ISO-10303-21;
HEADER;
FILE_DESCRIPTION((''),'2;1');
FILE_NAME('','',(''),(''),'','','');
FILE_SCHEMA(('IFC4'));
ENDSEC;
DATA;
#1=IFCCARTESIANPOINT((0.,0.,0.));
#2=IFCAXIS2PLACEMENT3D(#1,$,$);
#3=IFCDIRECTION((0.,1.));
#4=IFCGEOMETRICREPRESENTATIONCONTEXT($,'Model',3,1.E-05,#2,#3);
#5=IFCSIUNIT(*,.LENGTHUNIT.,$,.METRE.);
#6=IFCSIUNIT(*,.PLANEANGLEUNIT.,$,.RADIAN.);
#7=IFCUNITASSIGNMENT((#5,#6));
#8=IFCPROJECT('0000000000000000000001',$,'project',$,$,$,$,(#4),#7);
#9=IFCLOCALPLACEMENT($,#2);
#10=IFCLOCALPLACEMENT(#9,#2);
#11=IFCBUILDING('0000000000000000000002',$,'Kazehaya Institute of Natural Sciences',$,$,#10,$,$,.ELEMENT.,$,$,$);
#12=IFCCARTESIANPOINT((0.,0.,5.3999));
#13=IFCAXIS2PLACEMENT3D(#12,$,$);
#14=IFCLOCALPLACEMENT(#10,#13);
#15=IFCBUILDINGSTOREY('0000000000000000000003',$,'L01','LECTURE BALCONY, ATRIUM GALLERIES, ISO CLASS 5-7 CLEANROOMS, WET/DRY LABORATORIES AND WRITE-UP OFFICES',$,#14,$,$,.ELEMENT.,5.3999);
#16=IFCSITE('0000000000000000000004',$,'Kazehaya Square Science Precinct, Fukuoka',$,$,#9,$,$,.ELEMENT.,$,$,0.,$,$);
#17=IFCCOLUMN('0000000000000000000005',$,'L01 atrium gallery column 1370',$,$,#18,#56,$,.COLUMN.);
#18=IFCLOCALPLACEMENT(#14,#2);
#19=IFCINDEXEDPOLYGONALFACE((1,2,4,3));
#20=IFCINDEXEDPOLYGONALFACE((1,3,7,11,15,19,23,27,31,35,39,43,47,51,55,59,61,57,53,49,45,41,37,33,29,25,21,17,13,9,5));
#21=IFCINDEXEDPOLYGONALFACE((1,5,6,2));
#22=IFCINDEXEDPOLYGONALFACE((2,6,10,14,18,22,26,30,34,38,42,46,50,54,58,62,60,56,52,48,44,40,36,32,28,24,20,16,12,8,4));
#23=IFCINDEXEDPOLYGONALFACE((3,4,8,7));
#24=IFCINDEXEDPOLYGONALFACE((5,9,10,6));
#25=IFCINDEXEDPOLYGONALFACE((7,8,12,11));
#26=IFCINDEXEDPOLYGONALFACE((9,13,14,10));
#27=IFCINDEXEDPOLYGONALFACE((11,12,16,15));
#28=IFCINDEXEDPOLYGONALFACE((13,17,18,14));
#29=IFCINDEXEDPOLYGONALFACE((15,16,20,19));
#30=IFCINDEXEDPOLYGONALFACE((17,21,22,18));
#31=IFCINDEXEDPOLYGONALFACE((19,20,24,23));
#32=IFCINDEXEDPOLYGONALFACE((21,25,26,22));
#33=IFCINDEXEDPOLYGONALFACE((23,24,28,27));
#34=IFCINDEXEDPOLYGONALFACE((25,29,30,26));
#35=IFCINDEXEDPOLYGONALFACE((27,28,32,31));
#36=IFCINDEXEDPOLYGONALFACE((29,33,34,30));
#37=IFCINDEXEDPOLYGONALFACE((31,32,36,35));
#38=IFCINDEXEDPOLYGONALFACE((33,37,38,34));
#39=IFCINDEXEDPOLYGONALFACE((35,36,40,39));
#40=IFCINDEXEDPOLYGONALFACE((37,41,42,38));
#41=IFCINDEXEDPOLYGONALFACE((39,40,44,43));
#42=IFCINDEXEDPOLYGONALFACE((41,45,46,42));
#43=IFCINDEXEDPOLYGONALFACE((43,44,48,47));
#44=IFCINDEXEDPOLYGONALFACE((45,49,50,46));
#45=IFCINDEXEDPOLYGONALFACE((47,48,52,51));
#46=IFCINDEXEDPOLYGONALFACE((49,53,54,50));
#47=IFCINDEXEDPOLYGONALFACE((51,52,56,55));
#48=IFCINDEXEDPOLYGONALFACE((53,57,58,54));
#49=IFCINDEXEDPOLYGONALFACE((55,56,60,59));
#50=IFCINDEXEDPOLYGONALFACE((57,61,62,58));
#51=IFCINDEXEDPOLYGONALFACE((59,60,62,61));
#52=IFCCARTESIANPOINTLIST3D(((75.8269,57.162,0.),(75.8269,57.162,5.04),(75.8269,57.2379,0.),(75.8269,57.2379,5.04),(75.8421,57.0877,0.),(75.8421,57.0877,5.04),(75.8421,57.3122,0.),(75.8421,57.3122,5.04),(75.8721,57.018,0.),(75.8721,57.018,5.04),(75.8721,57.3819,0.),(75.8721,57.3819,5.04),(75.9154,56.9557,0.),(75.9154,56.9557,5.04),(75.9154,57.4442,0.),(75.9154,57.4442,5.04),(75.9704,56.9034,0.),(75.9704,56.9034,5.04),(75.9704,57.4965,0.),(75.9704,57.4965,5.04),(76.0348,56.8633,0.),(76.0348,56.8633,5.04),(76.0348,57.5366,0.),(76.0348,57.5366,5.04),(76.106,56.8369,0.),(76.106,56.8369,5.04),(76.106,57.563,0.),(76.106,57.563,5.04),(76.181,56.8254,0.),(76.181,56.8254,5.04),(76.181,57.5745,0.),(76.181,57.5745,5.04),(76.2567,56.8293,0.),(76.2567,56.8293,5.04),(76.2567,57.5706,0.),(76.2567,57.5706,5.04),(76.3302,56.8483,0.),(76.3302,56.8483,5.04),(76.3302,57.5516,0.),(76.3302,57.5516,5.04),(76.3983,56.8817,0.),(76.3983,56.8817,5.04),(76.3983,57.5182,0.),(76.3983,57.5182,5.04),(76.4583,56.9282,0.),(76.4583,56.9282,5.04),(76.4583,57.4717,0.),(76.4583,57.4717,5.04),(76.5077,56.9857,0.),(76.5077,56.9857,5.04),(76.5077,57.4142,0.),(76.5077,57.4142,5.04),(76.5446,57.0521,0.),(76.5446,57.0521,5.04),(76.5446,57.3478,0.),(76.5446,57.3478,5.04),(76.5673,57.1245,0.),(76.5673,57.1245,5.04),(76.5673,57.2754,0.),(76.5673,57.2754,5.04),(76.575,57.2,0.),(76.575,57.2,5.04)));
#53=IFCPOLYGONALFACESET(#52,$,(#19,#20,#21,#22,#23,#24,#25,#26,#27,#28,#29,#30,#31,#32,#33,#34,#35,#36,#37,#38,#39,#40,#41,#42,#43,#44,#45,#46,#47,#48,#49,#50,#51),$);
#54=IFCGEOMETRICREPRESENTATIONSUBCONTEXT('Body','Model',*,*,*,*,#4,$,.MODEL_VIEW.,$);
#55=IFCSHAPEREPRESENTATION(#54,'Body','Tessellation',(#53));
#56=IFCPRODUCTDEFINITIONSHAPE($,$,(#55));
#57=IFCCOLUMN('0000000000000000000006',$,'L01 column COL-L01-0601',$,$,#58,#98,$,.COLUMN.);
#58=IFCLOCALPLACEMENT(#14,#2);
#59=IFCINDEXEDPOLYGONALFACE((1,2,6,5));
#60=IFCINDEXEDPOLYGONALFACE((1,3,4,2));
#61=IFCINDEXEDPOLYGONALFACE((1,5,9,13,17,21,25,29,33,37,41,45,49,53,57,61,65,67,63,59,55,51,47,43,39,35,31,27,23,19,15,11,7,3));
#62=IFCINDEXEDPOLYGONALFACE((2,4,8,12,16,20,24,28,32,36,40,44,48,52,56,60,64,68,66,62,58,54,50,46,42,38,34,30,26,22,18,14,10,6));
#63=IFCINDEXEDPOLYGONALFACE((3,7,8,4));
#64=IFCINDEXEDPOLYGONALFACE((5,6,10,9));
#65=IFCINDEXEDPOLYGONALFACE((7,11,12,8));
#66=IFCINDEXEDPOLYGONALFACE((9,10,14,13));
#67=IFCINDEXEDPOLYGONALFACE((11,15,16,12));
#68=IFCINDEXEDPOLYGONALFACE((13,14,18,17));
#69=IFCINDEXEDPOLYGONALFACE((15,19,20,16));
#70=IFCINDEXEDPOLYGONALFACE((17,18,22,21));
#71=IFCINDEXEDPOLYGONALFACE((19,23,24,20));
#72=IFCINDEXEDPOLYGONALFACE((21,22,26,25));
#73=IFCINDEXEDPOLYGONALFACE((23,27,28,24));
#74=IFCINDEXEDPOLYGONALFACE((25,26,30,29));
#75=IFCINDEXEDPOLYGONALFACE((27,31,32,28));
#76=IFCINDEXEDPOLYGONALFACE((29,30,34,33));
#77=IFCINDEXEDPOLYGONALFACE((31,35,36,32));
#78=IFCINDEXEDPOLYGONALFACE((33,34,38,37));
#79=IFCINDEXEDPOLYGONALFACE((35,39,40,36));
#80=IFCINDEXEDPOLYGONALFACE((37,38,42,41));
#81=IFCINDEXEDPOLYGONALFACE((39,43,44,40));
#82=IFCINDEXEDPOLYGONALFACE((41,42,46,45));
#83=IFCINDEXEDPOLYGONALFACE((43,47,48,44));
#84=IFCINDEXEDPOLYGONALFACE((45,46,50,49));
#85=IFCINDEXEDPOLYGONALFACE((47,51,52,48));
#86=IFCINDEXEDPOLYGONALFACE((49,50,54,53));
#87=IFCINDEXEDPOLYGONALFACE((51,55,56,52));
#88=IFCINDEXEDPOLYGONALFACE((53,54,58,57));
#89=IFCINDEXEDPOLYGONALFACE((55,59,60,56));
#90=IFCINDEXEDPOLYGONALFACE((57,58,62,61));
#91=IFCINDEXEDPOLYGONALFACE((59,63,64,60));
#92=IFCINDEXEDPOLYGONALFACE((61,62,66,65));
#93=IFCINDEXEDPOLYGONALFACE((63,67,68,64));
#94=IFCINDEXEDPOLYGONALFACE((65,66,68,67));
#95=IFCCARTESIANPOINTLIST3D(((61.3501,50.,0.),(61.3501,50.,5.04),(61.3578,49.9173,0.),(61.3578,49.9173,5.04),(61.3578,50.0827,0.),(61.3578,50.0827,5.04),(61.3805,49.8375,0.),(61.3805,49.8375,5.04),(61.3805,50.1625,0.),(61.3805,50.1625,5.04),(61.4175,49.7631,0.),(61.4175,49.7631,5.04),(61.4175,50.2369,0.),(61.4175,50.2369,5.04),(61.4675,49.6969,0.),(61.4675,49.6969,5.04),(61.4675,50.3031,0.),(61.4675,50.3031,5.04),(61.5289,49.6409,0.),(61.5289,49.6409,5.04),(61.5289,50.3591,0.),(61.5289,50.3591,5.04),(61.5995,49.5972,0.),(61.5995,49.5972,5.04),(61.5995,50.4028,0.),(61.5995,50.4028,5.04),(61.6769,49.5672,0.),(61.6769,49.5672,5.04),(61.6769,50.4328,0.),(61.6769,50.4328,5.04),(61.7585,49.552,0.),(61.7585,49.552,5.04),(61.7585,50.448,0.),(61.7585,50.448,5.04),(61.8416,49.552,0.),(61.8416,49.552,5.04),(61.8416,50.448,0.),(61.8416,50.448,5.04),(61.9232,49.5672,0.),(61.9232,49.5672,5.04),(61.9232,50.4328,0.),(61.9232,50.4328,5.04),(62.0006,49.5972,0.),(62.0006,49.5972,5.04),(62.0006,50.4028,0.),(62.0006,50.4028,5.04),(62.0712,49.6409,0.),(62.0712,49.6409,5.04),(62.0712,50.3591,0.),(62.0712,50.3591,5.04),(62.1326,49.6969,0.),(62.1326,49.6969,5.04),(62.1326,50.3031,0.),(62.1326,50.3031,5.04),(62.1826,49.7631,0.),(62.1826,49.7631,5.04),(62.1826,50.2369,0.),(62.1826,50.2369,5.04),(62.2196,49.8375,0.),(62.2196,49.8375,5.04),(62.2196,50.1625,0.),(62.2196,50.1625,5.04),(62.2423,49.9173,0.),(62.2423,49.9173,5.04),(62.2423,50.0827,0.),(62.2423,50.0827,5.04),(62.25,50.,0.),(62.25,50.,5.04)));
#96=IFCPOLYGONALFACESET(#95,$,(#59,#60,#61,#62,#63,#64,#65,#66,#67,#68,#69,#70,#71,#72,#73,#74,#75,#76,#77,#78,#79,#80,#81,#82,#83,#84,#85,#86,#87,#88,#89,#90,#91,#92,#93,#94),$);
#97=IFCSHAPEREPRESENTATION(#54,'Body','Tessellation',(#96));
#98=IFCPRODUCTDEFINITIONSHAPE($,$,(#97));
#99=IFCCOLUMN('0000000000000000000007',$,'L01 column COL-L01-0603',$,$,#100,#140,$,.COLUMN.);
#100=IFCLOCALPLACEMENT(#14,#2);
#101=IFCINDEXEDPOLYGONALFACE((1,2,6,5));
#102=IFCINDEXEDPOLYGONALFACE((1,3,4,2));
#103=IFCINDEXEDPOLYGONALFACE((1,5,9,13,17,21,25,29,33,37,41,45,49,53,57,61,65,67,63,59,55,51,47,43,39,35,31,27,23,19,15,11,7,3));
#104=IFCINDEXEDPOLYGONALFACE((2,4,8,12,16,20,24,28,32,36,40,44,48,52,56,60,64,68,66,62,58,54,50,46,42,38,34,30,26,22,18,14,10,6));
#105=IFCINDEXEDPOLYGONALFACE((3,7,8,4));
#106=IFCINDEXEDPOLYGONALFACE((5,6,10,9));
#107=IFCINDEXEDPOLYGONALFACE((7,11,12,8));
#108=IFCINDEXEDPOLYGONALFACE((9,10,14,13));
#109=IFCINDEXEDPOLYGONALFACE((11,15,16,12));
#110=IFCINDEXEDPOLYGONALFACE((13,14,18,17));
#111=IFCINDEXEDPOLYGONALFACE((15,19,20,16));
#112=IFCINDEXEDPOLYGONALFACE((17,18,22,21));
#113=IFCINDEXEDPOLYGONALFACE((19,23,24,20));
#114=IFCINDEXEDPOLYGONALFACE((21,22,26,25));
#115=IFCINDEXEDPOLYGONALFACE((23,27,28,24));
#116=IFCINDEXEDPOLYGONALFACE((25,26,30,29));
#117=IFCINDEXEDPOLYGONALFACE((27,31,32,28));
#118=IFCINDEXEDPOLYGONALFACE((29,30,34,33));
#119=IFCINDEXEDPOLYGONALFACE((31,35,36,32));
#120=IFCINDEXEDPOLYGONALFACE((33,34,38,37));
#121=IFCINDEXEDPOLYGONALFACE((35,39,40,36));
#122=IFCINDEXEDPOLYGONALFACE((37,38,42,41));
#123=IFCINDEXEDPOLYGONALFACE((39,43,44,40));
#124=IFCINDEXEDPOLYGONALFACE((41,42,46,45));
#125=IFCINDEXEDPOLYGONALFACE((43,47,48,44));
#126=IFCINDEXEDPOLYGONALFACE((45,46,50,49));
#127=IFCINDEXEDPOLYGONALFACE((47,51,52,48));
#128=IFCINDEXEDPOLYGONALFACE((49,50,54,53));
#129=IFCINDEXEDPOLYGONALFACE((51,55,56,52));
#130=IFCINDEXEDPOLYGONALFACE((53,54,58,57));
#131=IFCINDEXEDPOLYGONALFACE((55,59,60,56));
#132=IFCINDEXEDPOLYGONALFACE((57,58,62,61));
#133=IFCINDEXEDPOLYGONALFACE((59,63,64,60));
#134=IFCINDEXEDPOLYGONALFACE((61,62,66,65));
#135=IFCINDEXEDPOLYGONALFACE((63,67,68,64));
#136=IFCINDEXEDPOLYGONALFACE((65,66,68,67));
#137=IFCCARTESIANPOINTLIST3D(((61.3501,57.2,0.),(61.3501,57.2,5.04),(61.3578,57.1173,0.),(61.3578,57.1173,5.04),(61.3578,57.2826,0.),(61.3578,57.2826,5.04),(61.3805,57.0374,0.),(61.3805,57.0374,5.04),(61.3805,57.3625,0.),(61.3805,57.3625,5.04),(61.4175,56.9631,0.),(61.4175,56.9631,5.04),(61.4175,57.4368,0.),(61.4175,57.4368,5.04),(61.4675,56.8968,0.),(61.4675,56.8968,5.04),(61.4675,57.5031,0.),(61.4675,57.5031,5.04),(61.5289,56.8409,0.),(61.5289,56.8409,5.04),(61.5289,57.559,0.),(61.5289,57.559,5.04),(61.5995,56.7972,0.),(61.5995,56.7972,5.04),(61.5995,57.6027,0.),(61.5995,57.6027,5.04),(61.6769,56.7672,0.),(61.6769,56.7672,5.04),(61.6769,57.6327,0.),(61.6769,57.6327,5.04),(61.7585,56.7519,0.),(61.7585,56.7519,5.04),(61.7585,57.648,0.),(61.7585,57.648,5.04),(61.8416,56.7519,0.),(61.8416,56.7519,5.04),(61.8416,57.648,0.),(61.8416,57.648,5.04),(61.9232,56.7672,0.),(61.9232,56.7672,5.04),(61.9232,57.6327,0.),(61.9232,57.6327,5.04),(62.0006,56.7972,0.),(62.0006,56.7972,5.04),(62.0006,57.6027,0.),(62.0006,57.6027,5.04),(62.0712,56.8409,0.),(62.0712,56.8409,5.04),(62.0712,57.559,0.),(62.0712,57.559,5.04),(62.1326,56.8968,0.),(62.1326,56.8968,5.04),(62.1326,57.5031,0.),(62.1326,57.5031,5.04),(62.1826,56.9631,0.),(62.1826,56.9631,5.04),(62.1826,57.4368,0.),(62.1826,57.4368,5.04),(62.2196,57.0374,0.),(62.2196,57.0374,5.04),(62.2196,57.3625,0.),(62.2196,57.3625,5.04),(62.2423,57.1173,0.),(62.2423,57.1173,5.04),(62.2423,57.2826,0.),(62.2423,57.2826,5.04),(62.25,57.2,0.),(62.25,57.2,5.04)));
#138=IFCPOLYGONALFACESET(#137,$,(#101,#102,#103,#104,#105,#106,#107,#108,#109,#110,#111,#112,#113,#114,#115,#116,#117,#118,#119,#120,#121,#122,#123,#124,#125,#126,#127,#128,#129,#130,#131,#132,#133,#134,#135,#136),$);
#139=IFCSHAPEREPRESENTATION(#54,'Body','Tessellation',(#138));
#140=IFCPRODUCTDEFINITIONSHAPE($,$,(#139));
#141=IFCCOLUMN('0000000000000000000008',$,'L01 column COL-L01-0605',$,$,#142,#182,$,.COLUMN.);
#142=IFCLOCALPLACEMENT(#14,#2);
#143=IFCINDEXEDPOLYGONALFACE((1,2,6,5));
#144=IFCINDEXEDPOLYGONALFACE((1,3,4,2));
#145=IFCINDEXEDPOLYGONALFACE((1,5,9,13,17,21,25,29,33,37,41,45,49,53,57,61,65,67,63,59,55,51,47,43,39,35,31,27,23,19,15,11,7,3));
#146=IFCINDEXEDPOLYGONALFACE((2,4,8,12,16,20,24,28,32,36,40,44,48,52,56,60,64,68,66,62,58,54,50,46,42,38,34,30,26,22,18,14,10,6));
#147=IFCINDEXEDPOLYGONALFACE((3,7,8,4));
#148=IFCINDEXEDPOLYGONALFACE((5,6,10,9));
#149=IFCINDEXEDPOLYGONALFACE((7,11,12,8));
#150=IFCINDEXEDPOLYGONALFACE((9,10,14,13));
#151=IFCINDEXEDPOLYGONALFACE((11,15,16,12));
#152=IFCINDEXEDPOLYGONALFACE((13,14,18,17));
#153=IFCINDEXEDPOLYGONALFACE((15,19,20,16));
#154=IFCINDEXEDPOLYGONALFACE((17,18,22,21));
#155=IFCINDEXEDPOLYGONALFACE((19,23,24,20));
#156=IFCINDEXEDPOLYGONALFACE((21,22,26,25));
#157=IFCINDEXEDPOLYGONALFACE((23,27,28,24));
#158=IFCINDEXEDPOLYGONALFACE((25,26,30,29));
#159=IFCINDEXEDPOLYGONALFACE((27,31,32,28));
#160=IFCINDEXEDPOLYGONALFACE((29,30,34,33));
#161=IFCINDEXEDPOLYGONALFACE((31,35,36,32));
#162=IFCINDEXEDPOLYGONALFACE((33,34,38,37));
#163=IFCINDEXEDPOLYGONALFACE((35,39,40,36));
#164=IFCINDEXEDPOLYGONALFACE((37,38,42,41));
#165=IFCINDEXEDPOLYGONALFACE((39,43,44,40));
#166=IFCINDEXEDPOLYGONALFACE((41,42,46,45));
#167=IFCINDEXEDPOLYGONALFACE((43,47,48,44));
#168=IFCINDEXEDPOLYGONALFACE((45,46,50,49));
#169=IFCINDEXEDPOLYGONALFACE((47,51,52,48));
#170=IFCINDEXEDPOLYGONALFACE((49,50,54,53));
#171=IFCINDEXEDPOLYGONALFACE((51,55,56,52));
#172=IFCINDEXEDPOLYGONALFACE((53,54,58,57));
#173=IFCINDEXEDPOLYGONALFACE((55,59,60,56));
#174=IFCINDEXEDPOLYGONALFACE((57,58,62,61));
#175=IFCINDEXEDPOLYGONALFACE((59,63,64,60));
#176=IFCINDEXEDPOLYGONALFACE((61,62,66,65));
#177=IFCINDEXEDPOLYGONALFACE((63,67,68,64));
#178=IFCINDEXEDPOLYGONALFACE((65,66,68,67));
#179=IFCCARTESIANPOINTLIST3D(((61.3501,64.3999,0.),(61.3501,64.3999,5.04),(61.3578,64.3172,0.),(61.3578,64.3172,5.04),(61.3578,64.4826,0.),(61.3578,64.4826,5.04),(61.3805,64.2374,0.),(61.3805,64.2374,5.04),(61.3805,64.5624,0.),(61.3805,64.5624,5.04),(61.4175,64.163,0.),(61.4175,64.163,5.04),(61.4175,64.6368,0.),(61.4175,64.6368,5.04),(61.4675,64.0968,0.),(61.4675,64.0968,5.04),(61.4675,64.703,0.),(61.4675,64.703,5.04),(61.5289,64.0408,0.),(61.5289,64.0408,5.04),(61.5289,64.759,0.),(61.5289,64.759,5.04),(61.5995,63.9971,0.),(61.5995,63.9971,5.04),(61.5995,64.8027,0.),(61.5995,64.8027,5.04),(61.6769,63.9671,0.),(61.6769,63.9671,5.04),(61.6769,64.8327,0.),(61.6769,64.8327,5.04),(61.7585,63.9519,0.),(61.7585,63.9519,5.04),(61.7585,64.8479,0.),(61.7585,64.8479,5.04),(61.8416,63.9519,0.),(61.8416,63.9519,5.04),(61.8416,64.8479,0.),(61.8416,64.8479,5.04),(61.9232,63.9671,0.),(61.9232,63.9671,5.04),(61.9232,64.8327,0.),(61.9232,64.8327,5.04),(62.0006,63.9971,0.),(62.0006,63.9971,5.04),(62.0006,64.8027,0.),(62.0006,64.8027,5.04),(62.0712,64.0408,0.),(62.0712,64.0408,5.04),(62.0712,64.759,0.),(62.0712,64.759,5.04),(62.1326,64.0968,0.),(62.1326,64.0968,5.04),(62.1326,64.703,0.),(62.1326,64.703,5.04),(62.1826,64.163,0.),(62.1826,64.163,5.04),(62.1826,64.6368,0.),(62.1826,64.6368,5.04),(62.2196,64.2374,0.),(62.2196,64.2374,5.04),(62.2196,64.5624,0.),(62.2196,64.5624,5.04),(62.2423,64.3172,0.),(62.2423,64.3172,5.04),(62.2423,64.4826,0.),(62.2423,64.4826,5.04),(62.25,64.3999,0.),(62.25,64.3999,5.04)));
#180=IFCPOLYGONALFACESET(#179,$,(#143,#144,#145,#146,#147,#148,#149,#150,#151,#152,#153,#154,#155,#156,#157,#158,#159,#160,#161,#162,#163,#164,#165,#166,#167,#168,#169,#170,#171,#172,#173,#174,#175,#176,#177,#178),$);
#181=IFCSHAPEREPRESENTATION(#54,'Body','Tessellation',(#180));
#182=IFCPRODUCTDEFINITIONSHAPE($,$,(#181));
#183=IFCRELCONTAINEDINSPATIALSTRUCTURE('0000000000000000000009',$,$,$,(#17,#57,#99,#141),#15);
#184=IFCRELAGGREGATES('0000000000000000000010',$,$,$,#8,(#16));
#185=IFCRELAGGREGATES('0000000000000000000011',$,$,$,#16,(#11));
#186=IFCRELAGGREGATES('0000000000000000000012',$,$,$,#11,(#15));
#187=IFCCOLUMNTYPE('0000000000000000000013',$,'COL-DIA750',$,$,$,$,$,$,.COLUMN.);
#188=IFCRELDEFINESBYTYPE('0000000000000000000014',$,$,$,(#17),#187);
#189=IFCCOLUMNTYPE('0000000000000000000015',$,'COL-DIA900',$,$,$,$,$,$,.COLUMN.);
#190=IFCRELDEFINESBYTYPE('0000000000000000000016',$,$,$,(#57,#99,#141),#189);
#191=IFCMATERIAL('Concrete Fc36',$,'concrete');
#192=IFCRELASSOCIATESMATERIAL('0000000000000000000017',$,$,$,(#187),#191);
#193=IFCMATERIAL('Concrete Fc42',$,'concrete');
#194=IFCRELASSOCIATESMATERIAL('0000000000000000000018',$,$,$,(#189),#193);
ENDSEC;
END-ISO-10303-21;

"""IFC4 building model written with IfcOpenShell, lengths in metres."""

from ifc_helpers import new_model, si_unit, direction, frame, origin, origin_2d, place, context, subcontext, project, spatial, circle, extrude, material, material_profile, profile_set, type_object, element, save


model = new_model("IFC4")

# Units and contexts
model_context = context("Model", 3, precision=1e-05, world=origin(), true_north=direction((0.0, 1.0)))
body_context = subcontext(model_context, "Body", "Model", "MODEL_VIEW")
ifc_project = project(units=[si_unit("LENGTHUNIT", "METRE"), si_unit("PLANEANGLEUNIT", "RADIAN")], contexts=[model_context])

# Site, building, storey
site_placement = place(None, origin())
site = spatial("IfcSite", under=ifc_project, at=site_placement, Name="Kazehaya Square Science Precinct, Fukuoka", CompositionType="ELEMENT", RefElevation=0.0)
building_placement = place(site_placement, origin())
building = spatial("IfcBuilding", under=site, at=building_placement, Name="Kazehaya Institute of Natural Sciences", CompositionType="ELEMENT")
storey_placement = place(building_placement, frame((0.0, 0.0, 5.3999)))
storey = spatial("IfcBuildingStorey", under=building, at=storey_placement, Name="L01", Description="LECTURE BALCONY, ATRIUM GALLERIES, ISO CLASS 5-7 CLEANROOMS, WET/DRY LABORATORIES AND WRITE-UP OFFICES", CompositionType="ELEMENT", Elevation=5.3999)

# Columns
ifc_material_1 = material(Name="Concrete Fc36", Category="concrete")
ifc_material_profile_1 = material_profile(ifc_material_1, circle(Radius=0.375, at=origin_2d()), Name="RC-DIA750")
ifc_profile_set_1 = profile_set([ifc_material_profile_1], Name="Concrete Fc36")
column_type_1 = type_object("IfcColumnType", Name="COL-DIA750", PredefinedType="COLUMN", material=ifc_profile_set_1)
column_placement = place(storey_placement, frame((76.2, 57.2, 0.0), z_axis=(0.0, 0.0, 1.0), x_axis=(1.0, 0.0, 0.0)))
element("IfcColumn", 1, at=column_placement, inside=storey, type_object=column_type_1, Name="L01 atrium gallery column 1370", PredefinedType="COLUMN", context=body_context, shape_type="SweptSolid", body=[
    extrude(circle(Radius=0.375, at=origin_2d()), origin(), (0.0, 0.0, 1.0), 5.04),
])
ifc_material_2 = material(Name="Concrete Fc42", Category="concrete")
ifc_material_profile_2 = material_profile(ifc_material_2, circle(Radius=0.45, at=origin_2d()), Name="RC-DIA900")
ifc_profile_set_2 = profile_set([ifc_material_profile_2], Name="Concrete Fc42")
column_type_2 = type_object("IfcColumnType", Name="COL-DIA900", PredefinedType="COLUMN", material=ifc_profile_set_2)
for number, where, z_axis, x_axis, name in (
    (2, (61.8, 50.0, 0.0), (0.0, 0.0, 1.0), (1.0, 0.0, 0.0), "L01 column COL-L01-0601"),
    (3, (61.8, 57.2, 0.0), (0.0, 0.0, 1.0), (1.0, 0.0, 0.0), "L01 column COL-L01-0603"),
    (4, (61.8, 64.3999, 0.0), (0.0, 0.0, 1.0), (1.0, 0.0, 0.0), "L01 column COL-L01-0605"),
):
    element("IfcColumn", number, at=place(storey_placement, frame(where, z_axis=z_axis, x_axis=x_axis)), inside=storey, type_object=column_type_2, Name=name, PredefinedType="COLUMN", context=body_context, shape_type="SweptSolid", body=[
        extrude(circle(Radius=0.45, at=origin_2d()), origin(), (0.0, 0.0, 1.0), 5.04),
    ])

save(model, "model.ifc")
